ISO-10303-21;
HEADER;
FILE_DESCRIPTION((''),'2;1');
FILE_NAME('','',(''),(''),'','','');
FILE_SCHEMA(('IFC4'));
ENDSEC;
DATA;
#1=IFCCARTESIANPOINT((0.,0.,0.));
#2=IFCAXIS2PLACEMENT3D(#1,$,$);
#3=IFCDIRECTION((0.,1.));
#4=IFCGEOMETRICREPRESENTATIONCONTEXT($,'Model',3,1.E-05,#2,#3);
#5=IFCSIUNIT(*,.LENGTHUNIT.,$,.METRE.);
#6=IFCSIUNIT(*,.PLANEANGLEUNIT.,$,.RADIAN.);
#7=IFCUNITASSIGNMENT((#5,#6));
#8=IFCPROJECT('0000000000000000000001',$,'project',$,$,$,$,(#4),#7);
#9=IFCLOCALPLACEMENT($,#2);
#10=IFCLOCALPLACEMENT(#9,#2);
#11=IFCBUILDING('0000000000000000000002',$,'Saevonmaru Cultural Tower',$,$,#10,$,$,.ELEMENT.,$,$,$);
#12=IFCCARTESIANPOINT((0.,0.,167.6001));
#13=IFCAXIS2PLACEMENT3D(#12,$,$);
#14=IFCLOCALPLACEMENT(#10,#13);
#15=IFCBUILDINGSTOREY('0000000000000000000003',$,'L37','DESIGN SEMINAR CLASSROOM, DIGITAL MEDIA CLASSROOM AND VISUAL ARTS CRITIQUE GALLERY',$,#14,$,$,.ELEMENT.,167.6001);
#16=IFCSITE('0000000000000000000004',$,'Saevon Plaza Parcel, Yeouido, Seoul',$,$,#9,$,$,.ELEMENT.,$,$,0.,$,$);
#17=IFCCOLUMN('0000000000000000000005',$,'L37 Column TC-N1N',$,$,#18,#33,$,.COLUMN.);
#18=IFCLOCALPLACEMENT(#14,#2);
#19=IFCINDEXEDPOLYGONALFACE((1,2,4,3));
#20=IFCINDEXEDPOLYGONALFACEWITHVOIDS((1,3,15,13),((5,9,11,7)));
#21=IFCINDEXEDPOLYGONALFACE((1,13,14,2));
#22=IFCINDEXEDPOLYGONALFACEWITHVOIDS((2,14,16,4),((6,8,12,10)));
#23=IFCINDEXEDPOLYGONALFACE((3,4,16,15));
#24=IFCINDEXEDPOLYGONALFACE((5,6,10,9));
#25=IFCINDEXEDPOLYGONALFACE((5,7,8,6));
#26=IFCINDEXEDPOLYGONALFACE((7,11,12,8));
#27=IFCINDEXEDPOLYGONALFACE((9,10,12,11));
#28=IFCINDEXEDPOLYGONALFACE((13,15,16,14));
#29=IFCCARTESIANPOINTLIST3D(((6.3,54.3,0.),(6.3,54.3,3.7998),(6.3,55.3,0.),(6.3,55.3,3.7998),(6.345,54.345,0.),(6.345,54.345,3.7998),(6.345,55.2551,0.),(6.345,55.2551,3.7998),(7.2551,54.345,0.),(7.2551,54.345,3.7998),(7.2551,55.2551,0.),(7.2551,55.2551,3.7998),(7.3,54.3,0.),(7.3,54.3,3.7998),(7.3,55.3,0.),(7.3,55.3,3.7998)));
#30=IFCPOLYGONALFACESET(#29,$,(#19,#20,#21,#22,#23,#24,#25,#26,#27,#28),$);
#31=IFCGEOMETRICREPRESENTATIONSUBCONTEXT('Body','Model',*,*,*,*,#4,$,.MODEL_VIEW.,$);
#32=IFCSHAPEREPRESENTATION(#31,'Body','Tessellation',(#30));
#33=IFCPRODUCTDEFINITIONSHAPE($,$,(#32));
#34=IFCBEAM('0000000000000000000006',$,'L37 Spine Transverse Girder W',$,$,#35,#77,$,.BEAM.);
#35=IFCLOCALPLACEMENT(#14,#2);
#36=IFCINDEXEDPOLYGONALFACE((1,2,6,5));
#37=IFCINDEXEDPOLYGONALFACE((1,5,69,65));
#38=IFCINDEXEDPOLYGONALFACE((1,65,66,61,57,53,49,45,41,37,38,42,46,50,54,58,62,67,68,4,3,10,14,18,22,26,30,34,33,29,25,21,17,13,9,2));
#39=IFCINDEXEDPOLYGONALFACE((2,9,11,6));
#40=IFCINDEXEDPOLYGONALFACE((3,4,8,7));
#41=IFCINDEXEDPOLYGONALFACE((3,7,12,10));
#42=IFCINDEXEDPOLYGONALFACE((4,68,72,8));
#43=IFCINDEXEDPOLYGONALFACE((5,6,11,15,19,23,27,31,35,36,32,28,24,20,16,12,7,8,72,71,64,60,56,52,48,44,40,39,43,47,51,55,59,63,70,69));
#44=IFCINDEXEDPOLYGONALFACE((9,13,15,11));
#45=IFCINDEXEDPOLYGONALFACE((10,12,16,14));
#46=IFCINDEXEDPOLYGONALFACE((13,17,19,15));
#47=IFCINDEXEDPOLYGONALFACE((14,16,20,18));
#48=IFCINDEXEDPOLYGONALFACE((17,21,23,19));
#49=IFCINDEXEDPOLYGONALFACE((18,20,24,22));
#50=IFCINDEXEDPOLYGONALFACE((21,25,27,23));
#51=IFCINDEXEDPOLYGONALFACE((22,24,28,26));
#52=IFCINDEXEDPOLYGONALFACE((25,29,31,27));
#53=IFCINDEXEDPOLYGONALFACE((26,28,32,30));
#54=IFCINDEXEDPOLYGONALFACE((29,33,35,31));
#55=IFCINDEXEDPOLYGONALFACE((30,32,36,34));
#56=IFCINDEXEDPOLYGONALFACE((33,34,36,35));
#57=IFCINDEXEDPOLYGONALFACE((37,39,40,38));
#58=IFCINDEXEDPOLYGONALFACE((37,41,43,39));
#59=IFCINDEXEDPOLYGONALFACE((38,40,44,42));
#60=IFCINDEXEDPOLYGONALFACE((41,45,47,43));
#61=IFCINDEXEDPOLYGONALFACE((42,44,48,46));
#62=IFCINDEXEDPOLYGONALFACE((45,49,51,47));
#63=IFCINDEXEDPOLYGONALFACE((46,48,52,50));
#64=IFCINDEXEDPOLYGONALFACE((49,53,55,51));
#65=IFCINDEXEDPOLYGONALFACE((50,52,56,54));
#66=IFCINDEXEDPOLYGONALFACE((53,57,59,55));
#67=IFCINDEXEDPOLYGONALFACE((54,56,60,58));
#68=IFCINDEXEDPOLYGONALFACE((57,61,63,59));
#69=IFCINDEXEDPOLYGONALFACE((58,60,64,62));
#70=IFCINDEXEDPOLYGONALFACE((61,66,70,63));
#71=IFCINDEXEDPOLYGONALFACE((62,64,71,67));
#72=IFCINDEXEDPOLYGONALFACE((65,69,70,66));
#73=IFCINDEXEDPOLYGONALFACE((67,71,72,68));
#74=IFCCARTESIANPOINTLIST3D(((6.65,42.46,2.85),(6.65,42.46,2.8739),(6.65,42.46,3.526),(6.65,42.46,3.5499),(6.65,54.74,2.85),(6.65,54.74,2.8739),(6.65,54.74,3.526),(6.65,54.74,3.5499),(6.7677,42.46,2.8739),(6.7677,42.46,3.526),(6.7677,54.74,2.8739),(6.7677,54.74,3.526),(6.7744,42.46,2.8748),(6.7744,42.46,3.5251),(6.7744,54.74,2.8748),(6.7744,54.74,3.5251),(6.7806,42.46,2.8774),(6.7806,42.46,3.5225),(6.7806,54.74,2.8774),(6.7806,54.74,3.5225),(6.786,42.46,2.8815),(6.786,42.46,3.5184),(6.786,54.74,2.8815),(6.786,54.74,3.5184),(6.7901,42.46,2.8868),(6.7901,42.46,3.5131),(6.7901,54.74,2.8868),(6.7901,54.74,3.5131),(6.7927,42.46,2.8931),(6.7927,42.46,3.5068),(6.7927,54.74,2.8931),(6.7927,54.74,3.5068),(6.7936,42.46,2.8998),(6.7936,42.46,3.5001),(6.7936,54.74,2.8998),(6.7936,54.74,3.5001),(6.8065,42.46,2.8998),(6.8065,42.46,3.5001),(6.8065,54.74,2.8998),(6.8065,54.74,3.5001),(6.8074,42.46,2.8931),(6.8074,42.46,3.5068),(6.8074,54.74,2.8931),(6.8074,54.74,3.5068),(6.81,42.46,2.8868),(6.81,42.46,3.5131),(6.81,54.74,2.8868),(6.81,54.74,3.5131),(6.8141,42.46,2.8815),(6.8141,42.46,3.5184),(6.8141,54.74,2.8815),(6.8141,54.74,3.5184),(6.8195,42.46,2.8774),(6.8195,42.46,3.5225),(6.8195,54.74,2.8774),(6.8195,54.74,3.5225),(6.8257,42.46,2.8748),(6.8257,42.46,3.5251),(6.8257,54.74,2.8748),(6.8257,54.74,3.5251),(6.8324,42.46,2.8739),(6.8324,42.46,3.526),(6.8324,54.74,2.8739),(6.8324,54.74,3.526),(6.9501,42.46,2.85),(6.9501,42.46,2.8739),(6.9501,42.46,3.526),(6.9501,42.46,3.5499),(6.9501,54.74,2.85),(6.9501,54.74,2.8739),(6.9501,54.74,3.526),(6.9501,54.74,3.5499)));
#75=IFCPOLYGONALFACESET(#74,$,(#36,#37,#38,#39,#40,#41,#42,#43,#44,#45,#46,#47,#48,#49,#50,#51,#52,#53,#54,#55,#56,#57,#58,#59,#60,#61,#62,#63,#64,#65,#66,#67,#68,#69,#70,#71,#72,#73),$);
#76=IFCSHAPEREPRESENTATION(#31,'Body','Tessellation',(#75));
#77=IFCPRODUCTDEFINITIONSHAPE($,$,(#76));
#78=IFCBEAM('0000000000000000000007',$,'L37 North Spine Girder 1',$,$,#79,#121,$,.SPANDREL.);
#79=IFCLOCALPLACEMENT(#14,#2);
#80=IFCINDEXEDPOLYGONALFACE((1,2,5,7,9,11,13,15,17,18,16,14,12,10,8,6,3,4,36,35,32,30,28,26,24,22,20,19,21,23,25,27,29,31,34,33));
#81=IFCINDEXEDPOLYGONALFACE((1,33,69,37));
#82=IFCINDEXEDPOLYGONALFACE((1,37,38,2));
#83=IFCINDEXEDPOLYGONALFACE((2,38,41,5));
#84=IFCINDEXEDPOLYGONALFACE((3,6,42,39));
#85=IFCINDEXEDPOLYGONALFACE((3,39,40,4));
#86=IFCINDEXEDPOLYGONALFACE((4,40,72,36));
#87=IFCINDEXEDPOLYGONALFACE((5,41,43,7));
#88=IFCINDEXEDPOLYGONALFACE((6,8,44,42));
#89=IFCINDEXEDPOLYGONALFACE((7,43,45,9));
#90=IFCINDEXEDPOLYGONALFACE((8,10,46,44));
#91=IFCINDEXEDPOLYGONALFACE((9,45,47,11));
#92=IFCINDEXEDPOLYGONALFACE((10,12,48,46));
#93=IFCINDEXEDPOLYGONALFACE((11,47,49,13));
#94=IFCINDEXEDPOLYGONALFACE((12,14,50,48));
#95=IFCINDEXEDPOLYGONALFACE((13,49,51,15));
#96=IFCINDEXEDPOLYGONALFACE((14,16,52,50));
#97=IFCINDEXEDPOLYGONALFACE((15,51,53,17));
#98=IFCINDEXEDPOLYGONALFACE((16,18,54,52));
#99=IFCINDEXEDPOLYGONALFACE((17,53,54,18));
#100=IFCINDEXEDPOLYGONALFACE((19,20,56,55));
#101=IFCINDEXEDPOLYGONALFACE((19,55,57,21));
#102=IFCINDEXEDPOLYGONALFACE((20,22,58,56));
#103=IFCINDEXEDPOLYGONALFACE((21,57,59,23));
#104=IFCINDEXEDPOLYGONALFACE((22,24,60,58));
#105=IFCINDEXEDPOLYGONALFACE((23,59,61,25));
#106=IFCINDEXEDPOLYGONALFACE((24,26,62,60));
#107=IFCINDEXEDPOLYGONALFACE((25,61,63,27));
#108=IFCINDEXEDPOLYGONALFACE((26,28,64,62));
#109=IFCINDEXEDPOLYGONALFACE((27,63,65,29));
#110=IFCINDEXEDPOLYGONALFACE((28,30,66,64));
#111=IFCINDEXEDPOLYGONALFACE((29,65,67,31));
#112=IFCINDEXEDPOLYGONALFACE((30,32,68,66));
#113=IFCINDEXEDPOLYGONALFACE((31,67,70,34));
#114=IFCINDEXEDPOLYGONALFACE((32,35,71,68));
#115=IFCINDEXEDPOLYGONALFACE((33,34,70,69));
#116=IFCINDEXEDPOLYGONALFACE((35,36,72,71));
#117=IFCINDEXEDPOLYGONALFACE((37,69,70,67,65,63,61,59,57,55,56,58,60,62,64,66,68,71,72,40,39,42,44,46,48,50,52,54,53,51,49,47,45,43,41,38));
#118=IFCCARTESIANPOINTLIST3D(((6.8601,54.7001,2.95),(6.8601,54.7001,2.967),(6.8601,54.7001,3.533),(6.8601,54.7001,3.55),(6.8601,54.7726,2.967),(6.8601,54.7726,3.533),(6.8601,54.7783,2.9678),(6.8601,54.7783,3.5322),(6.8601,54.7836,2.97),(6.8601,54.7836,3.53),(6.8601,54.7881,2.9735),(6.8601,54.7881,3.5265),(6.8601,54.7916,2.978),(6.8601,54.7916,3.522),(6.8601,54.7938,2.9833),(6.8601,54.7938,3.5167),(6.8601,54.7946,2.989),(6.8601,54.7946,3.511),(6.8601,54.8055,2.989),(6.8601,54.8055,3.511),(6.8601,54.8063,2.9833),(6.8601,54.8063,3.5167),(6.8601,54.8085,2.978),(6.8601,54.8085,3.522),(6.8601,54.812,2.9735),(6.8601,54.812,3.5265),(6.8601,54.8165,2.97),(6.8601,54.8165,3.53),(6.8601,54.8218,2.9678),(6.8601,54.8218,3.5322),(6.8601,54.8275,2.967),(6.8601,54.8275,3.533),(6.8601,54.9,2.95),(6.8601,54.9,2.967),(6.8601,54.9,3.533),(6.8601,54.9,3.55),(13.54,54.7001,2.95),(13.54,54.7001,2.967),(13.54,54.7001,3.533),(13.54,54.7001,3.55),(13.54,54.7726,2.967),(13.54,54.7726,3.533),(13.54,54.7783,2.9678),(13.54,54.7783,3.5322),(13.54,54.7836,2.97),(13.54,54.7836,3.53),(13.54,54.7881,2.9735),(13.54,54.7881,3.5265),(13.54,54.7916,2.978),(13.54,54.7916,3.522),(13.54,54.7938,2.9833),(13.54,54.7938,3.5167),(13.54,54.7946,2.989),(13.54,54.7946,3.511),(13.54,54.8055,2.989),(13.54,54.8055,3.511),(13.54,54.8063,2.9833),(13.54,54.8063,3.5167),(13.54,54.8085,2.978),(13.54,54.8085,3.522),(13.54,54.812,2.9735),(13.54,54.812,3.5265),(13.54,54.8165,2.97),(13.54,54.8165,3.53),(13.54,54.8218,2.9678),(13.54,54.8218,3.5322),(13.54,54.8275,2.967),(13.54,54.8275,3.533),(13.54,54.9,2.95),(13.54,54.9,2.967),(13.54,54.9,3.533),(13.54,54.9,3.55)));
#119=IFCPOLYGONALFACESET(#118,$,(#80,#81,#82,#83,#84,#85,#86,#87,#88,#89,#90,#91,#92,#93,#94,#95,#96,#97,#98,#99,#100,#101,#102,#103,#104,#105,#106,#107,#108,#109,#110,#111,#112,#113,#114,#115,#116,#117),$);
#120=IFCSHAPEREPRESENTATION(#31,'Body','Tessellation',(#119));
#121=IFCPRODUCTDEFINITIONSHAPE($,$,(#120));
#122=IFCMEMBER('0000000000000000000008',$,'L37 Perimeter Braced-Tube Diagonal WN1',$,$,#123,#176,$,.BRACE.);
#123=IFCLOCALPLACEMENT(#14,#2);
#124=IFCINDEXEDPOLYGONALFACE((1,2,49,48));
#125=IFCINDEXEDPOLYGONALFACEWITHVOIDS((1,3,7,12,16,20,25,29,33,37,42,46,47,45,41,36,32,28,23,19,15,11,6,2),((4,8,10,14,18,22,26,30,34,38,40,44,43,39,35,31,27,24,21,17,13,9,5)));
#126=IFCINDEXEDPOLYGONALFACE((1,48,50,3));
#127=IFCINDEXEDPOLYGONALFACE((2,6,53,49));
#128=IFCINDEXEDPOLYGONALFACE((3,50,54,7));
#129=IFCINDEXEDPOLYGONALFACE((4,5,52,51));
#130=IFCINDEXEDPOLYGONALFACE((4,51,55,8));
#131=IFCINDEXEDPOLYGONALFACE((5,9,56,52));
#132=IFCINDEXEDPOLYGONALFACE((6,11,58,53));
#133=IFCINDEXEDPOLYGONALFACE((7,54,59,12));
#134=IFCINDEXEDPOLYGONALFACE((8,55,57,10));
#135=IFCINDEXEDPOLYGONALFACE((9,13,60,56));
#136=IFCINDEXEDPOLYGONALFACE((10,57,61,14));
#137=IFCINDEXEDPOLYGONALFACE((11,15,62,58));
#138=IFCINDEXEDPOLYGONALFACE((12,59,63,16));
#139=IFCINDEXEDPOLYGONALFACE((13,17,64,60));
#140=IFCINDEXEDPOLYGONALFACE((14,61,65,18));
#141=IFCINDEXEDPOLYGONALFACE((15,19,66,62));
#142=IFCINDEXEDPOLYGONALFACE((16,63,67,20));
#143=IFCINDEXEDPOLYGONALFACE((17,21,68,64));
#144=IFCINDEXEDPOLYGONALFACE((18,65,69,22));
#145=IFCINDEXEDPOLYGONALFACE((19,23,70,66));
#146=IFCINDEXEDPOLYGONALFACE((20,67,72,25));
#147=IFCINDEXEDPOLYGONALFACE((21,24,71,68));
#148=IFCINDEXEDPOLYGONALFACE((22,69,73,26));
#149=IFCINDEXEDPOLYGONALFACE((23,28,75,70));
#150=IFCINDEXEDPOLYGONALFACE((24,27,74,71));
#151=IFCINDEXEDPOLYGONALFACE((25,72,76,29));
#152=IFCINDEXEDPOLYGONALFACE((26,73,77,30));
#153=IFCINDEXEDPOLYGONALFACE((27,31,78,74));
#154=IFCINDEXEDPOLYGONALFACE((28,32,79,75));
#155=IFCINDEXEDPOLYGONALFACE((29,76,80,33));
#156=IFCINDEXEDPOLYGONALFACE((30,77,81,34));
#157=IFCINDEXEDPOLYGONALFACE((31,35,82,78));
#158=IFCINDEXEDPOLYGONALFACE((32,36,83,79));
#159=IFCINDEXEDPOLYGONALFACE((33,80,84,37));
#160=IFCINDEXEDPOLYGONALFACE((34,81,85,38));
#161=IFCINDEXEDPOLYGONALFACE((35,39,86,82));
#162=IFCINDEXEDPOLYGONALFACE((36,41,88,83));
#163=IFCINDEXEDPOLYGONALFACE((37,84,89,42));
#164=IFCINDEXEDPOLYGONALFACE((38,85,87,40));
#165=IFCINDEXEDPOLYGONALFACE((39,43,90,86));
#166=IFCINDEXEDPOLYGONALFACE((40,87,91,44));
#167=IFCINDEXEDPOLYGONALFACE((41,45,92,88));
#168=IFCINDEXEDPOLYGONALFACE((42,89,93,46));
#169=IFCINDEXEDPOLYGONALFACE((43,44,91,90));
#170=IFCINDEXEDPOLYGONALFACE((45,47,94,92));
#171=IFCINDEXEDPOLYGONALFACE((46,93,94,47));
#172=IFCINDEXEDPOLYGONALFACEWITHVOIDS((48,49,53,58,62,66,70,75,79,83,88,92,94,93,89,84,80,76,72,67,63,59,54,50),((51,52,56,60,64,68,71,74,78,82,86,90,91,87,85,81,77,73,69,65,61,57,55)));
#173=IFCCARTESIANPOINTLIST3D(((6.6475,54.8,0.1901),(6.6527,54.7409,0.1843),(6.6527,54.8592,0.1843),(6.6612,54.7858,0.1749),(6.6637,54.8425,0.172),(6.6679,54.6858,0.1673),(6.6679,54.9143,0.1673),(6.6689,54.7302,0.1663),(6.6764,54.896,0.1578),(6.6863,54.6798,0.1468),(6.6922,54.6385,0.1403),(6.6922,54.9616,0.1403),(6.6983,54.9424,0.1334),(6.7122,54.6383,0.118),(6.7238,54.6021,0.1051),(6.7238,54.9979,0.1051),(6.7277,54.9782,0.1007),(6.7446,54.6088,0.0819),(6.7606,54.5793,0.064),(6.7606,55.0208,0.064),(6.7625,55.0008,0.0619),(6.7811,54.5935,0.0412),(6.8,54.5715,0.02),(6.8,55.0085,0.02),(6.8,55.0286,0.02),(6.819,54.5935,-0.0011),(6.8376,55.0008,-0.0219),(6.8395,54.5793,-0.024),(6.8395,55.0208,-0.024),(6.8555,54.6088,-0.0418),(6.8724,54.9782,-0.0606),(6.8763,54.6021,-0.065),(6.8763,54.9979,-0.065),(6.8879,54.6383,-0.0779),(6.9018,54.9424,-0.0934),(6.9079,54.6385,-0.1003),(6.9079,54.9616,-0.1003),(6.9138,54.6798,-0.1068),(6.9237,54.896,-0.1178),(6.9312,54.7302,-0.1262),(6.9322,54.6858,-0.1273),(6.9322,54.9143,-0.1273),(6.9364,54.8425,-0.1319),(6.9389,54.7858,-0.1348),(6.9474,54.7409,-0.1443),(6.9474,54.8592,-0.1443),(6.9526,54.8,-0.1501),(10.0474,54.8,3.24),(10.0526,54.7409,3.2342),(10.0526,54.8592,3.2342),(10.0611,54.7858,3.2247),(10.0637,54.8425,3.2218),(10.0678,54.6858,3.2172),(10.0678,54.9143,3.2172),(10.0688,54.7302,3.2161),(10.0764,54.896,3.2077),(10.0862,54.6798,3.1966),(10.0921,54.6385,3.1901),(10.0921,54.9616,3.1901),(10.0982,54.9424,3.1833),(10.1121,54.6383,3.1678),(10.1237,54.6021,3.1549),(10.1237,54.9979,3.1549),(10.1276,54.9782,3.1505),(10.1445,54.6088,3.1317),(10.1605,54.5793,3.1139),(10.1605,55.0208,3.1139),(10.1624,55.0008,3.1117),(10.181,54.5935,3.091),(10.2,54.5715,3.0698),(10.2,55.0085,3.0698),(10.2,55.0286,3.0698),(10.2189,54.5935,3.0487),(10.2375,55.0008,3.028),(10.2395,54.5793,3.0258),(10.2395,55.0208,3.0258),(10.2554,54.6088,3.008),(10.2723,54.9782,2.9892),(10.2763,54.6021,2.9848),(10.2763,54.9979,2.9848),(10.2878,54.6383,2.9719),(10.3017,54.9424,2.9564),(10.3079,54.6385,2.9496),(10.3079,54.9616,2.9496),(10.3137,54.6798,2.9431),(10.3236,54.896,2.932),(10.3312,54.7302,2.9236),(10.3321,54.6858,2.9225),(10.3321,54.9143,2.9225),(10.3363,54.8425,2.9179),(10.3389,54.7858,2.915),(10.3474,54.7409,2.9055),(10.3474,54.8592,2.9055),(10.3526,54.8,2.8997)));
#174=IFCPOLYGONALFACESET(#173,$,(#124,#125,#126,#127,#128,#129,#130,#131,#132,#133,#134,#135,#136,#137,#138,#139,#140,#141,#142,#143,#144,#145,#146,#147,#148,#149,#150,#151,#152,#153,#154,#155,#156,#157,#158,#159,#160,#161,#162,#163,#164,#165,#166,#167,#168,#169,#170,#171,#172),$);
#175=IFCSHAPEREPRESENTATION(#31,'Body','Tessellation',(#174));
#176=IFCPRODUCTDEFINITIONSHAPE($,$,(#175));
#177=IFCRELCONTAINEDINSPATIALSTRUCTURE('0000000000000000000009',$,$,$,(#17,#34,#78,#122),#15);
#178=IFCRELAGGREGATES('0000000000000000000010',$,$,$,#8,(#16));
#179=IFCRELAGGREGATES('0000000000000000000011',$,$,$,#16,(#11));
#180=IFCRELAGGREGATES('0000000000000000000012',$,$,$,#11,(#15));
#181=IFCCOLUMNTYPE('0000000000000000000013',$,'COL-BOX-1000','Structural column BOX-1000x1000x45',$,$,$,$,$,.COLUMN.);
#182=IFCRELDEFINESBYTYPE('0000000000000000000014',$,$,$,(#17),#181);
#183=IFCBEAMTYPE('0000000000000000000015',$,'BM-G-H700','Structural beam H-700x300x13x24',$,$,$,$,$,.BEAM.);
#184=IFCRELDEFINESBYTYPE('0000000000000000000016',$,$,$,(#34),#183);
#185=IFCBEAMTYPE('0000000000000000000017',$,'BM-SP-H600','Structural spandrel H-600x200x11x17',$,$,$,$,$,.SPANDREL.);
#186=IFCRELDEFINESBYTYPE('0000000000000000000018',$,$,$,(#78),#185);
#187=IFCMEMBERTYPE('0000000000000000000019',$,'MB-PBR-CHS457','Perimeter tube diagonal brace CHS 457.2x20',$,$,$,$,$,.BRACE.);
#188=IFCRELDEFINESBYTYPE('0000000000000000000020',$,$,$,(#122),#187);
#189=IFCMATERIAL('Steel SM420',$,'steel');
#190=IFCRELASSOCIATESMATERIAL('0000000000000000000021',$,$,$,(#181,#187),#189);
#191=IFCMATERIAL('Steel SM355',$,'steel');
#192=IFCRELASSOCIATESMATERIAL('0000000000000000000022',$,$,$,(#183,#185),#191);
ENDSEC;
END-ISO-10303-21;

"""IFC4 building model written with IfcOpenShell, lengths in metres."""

from ifc_helpers import new_model, si_unit, direction, frame, origin, origin_2d, place, context, subcontext, project, spatial, hollow_rectangle, hollow_circle, i_section, extrude, material, material_profile, profile_set, type_object, element, save


model = new_model("IFC4")

# Units and contexts
model_context = context("Model", 3, precision=1e-05, world=origin(), true_north=direction((0.0, 1.0)))
body_context = subcontext(model_context, "Body", "Model", "MODEL_VIEW")
ifc_project = project(units=[si_unit("LENGTHUNIT", "METRE"), si_unit("PLANEANGLEUNIT", "RADIAN")], contexts=[model_context])

# Site, building, storey
site_placement = place(None, origin())
site = spatial("IfcSite", under=ifc_project, at=site_placement, Name="Saevon Plaza Parcel, Yeouido, Seoul", CompositionType="ELEMENT", RefElevation=0.0)
building_placement = place(site_placement, origin())
building = spatial("IfcBuilding", under=site, at=building_placement, Name="Saevonmaru Cultural Tower", CompositionType="ELEMENT")
storey_placement = place(building_placement, frame((0.0, 0.0, 167.6001)))
storey = spatial("IfcBuildingStorey", under=building, at=storey_placement, Name="L37", Description="DESIGN SEMINAR CLASSROOM, DIGITAL MEDIA CLASSROOM AND VISUAL ARTS CRITIQUE GALLERY", CompositionType="ELEMENT", Elevation=167.6001)

# Column
ifc_material_1 = material(Name="Steel SM420", Category="steel")
ifc_material_profile_1 = material_profile(ifc_material_1, hollow_rectangle(XDim=1.0, YDim=1.0, WallThickness=0.0449, at=origin_2d()), Name="BOX-1000x1000x45")
ifc_profile_set_1 = profile_set([ifc_material_profile_1], Name="Steel SM420")
column_type = type_object("IfcColumnType", Name="COL-BOX-1000", Description="Structural column BOX-1000x1000x45", PredefinedType="COLUMN", material=ifc_profile_set_1)
column_placement = place(storey_placement, frame((6.8, 54.8, 0.0), z_axis=(0.0, 0.0, 1.0), x_axis=(1.0, 0.0, 0.0)))
element("IfcColumn", 1, at=column_placement, inside=storey, type_object=column_type, Name="L37 Column TC-N1N", PredefinedType="COLUMN", context=body_context, shape_type="SweptSolid", body=[
    extrude(hollow_rectangle(XDim=1.0, YDim=1.0, WallThickness=0.0449, at=origin_2d()), origin(), (0.0, 0.0, 1.0), 3.7998),
])

# Beams
ifc_material_2 = material(Name="Steel SM355", Category="steel")
ifc_material_profile_2 = material_profile(ifc_material_2, i_section(OverallWidth=0.3, OverallDepth=0.7, WebThickness=0.0129, FlangeThickness=0.0239, FilletRadius=0.0259, at=origin_2d()), Name="H-700x300x13x24")
ifc_profile_set_2 = profile_set([ifc_material_profile_2], Name="Steel SM355")
beam_type_1 = type_object("IfcBeamType", Name="BM-G-H700", Description="Structural beam H-700x300x13x24", PredefinedType="BEAM", material=ifc_profile_set_2)
beam_1_placement = place(storey_placement, frame((6.8, 54.74, 3.2), z_axis=(0.0, -1.0, 0.0), x_axis=(1.0, 0.0, 0.0)))
element("IfcBeam", 2, at=beam_1_placement, inside=storey, type_object=beam_type_1, Name="L37 Spine Transverse Girder W", PredefinedType="BEAM", context=body_context, shape_type="SweptSolid", body=[
    extrude(i_section(OverallWidth=0.3, OverallDepth=0.7, WebThickness=0.0129, FlangeThickness=0.0239, FilletRadius=0.0259, at=origin_2d()), origin(), (0.0, 0.0, 1.0), 12.28),
])
ifc_material_profile_3 = material_profile(ifc_material_2, i_section(OverallWidth=0.2, OverallDepth=0.6001, WebThickness=0.011, FlangeThickness=0.0171, FilletRadius=0.022, at=origin_2d()), Name="H-600x200x11x17")
ifc_profile_set_3 = profile_set([ifc_material_profile_3], Name="Steel SM355")
beam_type_2 = type_object("IfcBeamType", Name="BM-SP-H600", Description="Structural spandrel H-600x200x11x17", PredefinedType="SPANDREL", material=ifc_profile_set_3)
beam_2_placement = place(storey_placement, frame((6.8601, 54.8, 3.25), z_axis=(1.0, 0.0, 0.0), x_axis=(0.0, 1.0, 0.0)))
element("IfcBeam", 3, at=beam_2_placement, inside=storey, type_object=beam_type_2, Name="L37 North Spine Girder 1", PredefinedType="SPANDREL", context=body_context, shape_type="SweptSolid", body=[
    extrude(i_section(OverallWidth=0.2, OverallDepth=0.6001, WebThickness=0.011, FlangeThickness=0.0171, FilletRadius=0.022, at=origin_2d()), origin(), (0.0, 0.0, 1.0), 6.6799),
])

# Member
ifc_material_profile_4 = material_profile(ifc_material_1, hollow_circle(Radius=0.2285, WallThickness=0.02, at=origin_2d()), Name="CHS-457.2x20")
ifc_profile_set_4 = profile_set([ifc_material_profile_4], Name="Steel SM420")
member_type_1 = type_object("IfcMemberType", Name="MB-PBR-CHS457", Description="Perimeter tube diagonal brace CHS 457.2x20", PredefinedType="BRACE", material=ifc_profile_set_4)
member_1_placement = place(storey_placement, frame((6.8, 54.8, 0.02), z_axis=(0.744394, 0.0, 0.667741), x_axis=(0.0, 1.0, 0.0)))
element("IfcMember", 4, at=member_1_placement, inside=storey, type_object=member_type_1, Name="L37 Perimeter Braced-Tube Diagonal WN1", PredefinedType="BRACE", context=body_context, shape_type="SweptSolid", body=[
    extrude(hollow_circle(Radius=0.2285, WallThickness=0.02, at=origin_2d()), origin(), (0.0, 0.0, 1.0), 4.5674),
])

save(model, "model.ifc")
